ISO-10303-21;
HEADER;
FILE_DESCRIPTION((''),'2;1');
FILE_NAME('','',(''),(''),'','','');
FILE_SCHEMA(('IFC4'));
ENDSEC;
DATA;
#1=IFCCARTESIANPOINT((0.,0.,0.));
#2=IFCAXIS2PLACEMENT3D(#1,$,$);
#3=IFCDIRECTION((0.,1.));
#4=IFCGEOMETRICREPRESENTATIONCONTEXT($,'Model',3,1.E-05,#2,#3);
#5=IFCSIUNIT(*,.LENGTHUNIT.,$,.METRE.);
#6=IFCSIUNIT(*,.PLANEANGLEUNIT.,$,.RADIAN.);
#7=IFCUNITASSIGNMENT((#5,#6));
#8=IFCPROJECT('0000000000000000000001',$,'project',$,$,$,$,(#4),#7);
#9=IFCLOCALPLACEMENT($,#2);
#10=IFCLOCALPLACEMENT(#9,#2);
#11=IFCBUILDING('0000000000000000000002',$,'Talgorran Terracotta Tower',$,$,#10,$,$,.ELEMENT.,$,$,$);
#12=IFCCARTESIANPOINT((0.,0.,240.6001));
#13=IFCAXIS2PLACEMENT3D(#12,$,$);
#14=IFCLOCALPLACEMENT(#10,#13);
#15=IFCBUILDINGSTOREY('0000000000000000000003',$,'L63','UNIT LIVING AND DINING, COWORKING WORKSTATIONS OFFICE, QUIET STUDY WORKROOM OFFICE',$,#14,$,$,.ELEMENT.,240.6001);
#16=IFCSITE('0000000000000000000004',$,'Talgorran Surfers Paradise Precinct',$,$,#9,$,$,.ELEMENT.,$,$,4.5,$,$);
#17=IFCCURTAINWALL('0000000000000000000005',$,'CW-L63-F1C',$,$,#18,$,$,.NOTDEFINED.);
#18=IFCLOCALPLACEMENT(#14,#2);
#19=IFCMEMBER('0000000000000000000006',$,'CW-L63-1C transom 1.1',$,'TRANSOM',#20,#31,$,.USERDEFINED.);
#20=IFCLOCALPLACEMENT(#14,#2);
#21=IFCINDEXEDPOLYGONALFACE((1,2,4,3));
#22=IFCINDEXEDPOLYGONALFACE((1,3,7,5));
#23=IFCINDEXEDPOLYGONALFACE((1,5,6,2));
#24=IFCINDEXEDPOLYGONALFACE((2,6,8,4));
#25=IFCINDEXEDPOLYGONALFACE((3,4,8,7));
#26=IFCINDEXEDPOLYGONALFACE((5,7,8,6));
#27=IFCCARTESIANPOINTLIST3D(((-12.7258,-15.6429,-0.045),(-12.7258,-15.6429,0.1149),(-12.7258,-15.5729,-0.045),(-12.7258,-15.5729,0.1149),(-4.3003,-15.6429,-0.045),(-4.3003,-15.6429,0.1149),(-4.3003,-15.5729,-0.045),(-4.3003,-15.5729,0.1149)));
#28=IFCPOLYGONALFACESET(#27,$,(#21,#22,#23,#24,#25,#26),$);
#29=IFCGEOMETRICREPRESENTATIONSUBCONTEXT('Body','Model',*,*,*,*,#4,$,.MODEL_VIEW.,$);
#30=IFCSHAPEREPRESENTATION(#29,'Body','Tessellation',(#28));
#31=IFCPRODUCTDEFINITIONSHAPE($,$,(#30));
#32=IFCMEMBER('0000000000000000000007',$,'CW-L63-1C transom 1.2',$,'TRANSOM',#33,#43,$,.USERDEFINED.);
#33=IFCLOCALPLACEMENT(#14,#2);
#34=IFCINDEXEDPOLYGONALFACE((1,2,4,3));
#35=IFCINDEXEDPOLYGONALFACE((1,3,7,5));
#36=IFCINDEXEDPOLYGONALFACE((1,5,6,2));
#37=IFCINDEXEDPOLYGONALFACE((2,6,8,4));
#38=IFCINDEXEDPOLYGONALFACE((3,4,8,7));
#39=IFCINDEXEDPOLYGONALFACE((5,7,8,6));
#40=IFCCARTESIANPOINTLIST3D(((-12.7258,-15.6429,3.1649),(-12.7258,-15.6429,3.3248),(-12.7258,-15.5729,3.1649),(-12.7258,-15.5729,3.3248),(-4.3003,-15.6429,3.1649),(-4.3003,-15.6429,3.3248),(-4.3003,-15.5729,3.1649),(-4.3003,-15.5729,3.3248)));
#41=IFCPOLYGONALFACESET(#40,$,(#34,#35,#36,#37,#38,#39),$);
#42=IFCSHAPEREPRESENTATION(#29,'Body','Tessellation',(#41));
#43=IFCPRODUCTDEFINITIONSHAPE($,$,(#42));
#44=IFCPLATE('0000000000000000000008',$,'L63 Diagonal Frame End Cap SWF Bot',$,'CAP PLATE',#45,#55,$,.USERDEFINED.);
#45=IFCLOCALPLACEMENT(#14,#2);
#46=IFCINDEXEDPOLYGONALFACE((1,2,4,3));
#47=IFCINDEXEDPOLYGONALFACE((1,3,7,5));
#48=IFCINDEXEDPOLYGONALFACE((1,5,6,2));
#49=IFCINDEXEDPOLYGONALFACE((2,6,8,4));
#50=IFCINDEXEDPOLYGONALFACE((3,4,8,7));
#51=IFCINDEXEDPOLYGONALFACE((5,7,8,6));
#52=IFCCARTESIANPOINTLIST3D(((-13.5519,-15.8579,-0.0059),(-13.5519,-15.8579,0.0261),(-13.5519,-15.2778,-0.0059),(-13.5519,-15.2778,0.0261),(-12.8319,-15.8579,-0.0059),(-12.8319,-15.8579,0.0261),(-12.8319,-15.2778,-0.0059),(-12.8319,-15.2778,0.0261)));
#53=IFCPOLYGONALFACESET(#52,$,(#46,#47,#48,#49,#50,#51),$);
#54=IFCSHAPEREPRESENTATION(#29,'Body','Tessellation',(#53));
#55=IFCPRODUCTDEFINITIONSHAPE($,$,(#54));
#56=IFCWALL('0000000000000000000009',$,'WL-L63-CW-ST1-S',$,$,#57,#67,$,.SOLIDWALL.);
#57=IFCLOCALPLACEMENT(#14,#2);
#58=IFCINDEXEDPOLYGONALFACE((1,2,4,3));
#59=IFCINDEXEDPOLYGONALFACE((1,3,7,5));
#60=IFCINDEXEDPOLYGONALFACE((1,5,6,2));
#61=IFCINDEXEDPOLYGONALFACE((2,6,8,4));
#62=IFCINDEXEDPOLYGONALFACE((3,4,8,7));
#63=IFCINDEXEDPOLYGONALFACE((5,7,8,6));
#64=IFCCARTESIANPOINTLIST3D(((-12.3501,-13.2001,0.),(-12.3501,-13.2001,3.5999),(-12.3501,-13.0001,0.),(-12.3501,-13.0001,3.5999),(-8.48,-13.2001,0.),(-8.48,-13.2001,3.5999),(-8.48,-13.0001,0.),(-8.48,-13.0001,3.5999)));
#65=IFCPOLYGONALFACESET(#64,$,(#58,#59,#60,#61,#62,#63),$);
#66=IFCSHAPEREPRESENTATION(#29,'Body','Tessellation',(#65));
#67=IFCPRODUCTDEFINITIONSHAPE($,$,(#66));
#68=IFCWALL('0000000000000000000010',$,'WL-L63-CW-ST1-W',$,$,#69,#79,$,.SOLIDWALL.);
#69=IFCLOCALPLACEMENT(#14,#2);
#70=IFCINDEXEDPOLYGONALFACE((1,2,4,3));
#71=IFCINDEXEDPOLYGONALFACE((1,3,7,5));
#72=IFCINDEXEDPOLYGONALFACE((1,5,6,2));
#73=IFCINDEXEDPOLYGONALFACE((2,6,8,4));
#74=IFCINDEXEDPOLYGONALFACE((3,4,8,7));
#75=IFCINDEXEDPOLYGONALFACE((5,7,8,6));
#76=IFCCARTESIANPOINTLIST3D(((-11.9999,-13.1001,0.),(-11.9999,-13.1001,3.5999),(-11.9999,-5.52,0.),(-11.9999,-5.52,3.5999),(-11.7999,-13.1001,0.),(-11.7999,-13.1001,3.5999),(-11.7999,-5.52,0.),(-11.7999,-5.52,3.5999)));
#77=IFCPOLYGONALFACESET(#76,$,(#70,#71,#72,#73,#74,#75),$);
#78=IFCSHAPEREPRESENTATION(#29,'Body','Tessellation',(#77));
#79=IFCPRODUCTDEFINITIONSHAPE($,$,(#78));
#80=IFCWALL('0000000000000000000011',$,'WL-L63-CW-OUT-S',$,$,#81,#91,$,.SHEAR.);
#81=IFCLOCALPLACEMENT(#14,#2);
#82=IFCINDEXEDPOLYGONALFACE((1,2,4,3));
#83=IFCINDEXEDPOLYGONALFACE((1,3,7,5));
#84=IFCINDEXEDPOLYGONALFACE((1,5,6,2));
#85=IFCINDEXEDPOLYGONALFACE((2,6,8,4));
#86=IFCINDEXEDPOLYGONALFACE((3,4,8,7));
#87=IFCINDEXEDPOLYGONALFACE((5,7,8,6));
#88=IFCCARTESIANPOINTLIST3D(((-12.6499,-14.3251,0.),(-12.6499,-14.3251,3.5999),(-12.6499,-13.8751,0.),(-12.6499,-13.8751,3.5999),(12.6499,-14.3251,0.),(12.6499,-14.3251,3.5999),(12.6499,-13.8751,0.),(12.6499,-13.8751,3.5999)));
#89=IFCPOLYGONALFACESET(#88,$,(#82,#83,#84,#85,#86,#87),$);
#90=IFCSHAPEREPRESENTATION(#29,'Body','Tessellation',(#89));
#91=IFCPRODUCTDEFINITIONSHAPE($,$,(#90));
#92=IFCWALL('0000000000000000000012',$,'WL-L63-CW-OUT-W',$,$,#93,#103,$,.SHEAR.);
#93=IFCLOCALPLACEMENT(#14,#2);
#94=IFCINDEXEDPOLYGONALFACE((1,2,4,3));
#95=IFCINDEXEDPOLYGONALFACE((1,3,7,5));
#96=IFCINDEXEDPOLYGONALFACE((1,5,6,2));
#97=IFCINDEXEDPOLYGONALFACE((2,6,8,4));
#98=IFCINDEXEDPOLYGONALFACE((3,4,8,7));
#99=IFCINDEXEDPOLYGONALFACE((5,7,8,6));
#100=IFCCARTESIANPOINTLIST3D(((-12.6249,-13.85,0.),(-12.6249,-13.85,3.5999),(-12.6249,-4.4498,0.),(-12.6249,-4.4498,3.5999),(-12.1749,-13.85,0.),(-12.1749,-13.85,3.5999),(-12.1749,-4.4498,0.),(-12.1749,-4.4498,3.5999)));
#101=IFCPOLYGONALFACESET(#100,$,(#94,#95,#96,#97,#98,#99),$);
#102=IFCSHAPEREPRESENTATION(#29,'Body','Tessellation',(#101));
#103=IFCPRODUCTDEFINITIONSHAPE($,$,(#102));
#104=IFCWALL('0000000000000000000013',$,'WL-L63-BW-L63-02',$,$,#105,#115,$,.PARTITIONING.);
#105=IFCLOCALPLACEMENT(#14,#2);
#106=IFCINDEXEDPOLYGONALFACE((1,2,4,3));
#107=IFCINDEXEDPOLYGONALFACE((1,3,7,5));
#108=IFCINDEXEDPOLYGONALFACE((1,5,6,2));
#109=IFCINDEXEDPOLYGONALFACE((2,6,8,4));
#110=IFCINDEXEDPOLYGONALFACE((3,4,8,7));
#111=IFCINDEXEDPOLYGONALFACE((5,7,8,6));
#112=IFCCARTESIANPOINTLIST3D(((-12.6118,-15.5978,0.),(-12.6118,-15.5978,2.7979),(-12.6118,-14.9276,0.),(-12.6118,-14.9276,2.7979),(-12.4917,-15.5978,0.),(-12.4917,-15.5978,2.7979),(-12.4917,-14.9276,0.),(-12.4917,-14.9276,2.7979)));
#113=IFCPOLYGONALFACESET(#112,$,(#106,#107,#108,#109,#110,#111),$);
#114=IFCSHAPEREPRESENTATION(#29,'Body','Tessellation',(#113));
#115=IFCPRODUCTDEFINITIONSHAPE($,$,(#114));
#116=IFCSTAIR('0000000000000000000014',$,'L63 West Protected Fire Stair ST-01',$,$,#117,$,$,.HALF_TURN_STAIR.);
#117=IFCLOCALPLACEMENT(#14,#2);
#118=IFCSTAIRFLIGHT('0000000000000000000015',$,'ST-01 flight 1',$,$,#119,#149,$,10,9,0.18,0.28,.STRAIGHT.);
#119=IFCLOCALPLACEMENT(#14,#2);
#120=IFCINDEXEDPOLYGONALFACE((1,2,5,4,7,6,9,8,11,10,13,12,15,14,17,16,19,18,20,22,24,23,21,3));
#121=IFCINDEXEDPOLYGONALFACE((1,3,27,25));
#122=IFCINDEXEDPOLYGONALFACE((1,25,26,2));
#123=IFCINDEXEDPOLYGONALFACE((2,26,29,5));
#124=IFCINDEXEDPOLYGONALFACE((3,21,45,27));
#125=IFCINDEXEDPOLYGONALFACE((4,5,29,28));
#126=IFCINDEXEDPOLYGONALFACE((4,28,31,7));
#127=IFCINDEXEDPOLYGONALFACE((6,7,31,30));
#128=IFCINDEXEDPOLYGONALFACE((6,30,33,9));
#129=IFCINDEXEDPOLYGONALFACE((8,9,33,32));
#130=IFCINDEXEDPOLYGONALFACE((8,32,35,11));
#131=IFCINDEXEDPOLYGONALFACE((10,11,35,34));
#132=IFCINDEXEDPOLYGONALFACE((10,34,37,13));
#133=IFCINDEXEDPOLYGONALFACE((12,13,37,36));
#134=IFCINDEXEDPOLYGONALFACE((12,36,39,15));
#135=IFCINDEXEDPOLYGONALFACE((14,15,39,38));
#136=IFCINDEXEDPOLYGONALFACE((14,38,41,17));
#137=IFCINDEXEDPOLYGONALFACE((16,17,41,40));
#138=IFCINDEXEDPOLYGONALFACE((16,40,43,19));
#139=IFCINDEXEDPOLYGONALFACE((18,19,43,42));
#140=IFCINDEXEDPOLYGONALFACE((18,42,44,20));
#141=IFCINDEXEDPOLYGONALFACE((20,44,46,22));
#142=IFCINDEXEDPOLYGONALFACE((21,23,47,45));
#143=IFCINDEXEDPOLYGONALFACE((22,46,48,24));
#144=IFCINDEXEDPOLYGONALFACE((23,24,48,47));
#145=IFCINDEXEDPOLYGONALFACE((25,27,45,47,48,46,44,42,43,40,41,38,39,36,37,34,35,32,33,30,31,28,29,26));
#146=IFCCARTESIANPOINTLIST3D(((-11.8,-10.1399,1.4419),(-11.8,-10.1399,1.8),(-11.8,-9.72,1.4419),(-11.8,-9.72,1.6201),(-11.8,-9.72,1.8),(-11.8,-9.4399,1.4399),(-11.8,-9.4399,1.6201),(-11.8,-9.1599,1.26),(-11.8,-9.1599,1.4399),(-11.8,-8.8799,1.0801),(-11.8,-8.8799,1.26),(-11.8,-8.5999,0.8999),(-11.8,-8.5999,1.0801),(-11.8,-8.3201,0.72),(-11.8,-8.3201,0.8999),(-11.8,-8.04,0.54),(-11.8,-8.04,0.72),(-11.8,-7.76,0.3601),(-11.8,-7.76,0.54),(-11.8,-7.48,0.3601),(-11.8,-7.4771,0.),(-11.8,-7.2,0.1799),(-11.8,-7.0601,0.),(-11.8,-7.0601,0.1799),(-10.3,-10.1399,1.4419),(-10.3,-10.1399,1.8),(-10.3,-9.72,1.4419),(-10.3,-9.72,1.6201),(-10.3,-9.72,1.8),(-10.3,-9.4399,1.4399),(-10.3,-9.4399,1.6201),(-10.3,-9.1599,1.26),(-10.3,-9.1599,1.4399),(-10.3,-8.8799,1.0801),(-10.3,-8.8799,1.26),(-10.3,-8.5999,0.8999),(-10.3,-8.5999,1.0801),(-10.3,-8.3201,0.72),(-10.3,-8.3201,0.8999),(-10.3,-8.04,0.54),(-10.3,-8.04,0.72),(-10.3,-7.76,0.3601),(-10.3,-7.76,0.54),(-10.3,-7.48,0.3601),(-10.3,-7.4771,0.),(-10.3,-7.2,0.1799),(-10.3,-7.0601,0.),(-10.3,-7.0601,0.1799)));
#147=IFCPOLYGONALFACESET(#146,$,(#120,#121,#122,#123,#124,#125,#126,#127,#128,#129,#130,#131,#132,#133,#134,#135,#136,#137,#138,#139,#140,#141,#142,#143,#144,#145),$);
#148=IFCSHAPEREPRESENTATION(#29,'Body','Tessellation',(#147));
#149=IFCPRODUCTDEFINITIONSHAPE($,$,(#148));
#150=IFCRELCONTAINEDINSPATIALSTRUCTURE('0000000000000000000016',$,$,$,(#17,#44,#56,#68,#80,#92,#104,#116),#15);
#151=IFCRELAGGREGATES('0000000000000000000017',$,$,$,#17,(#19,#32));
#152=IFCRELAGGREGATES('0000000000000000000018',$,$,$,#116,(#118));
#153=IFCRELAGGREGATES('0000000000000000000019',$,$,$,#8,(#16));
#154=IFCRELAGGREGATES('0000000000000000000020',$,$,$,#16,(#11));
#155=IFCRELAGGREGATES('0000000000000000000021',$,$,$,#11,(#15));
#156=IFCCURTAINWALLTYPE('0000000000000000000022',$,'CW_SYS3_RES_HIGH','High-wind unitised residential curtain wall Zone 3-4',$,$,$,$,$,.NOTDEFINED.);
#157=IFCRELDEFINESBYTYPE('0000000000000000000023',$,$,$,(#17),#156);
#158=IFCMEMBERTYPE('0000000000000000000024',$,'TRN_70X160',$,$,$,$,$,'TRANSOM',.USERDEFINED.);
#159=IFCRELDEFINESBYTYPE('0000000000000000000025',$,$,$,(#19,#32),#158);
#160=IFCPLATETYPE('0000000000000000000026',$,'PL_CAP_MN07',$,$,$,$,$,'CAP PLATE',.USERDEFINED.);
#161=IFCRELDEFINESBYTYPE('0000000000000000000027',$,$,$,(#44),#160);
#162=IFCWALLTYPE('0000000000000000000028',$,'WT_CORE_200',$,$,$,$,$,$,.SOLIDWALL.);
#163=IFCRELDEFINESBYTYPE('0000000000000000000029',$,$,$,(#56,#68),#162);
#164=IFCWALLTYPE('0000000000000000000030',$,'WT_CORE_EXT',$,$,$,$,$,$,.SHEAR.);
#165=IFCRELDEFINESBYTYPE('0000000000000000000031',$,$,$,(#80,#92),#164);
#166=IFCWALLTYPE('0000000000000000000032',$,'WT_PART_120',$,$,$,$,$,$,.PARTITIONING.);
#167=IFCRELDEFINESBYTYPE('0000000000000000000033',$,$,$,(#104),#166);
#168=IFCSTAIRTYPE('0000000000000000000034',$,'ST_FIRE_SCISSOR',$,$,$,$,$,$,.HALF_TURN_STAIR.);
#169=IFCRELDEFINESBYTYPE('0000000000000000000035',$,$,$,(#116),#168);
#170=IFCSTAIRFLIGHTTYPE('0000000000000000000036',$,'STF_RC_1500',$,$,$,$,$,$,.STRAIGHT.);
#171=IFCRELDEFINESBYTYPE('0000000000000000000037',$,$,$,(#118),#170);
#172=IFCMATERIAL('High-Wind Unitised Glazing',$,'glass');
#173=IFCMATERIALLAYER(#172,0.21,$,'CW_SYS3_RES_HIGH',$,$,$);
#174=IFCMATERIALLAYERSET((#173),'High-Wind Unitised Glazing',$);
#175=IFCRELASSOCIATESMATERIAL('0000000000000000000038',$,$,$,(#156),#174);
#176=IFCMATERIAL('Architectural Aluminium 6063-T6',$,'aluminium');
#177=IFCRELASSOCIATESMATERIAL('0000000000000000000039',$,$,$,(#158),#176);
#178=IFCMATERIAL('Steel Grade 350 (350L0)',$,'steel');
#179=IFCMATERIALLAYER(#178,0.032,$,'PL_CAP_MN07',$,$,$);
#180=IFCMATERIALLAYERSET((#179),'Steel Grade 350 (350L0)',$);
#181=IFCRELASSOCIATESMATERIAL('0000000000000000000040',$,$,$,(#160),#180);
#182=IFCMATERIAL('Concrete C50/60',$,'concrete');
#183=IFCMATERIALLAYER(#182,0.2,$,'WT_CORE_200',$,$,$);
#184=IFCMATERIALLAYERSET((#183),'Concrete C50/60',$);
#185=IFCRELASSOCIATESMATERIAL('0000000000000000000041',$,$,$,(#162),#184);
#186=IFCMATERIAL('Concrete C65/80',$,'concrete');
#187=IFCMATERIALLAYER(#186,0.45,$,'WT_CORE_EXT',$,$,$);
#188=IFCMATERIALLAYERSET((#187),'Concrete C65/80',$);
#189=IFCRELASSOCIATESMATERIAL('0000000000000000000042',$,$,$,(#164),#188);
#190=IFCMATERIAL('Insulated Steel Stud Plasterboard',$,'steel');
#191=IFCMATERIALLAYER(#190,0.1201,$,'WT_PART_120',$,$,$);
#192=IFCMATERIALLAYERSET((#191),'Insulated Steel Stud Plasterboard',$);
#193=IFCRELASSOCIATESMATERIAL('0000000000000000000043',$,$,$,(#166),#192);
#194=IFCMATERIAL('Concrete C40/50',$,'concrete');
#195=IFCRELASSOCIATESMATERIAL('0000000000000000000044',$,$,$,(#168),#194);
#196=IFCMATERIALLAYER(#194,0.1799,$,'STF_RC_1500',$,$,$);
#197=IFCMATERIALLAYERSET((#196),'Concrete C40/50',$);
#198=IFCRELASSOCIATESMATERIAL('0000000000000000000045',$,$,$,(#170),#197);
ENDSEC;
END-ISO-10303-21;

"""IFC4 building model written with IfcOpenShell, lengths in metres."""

from ifc_helpers import new_model, si_unit, direction, frame, frame_2d, origin, origin_2d, place, context, subcontext, project, spatial, polyline, rectangle, outline, extrude, material, layer, layer_set, material_profile, profile_set, type_object, element, aggregate, save


model = new_model("IFC4")

# Units and contexts
model_context = context("Model", 3, precision=1e-05, world=origin(), true_north=direction((0.0, 1.0)))
body_context = subcontext(model_context, "Body", "Model", "MODEL_VIEW")
ifc_project = project(units=[si_unit("LENGTHUNIT", "METRE"), si_unit("PLANEANGLEUNIT", "RADIAN")], contexts=[model_context])

# Site, building, storey
site_placement = place(None, origin())
site = spatial("IfcSite", under=ifc_project, at=site_placement, Name="Talgorran Surfers Paradise Precinct", CompositionType="ELEMENT", RefElevation=4.5)
building_placement = place(site_placement, origin())
building = spatial("IfcBuilding", under=site, at=building_placement, Name="Talgorran Terracotta Tower", CompositionType="ELEMENT")
storey_placement = place(building_placement, frame((0.0, 0.0, 240.6001)))
storey = spatial("IfcBuildingStorey", under=building, at=storey_placement, Name="L63", Description="UNIT LIVING AND DINING, COWORKING WORKSTATIONS OFFICE, QUIET STUDY WORKROOM OFFICE", CompositionType="ELEMENT", Elevation=240.6001)

# Shared definitions
ifc_material_1 = material(Name="Steel Grade 350 (350L0)", Category="steel")

# Shared definitions
ifc_material_2 = material(Name="High-Wind Unitised Glazing", Category="glass")
ifc_layer_1 = layer(ifc_material_2, 0.21, Name="CW_SYS3_RES_HIGH")
ifc_layer_set_1 = layer_set([ifc_layer_1], Name="High-Wind Unitised Glazing")
curtain_wall_type = type_object("IfcCurtainWallType", Name="CW_SYS3_RES_HIGH", Description="High-wind unitised residential curtain wall Zone 3-4", PredefinedType="NOTDEFINED", material=ifc_layer_set_1)
ifc_material_3 = material(Name="Architectural Aluminium 6063-T6", Category="aluminium")

# Curtain wall, members
curtain_wall_1_placement = place(storey_placement, origin())
curtain_wall_1 = element("IfcCurtainWall", 1, at=curtain_wall_1_placement, inside=storey, type_object=curtain_wall_type, Name="CW-L63-F1C", PredefinedType="NOTDEFINED")
ifc_material_profile_1 = material_profile(ifc_material_3, rectangle(XDim=0.0701, YDim=0.1599, at=origin_2d()), Name="CWT70X160")
ifc_profile_set_1 = profile_set([ifc_material_profile_1], Name="Architectural Aluminium 6063-T6")
member_type_1 = type_object("IfcMemberType", Name="TRN_70X160", ElementType="TRANSOM", PredefinedType="USERDEFINED", material=ifc_profile_set_1)
member_1_placement = place(storey_placement, frame((-12.7258, -15.6079, 0.0349), z_axis=(1.0, 0.0, 0.0), x_axis=(0.0, 1.0, 0.0)))
member_1 = element("IfcMember", 2, at=member_1_placement, type_object=member_type_1, Name="CW-L63-1C transom 1.1", ObjectType="TRANSOM", PredefinedType="USERDEFINED", context=body_context, shape_type="SweptSolid", body=[
    extrude(rectangle(XDim=0.0701, YDim=0.1599, at=origin_2d()), origin(), (0.0, 0.0, 1.0), 8.4255),
])
member_2_placement = place(storey_placement, frame((-12.7258, -15.6079, 3.2449), z_axis=(1.0, 0.0, 0.0), x_axis=(0.0, 1.0, 0.0)))
member_2 = element("IfcMember", 3, at=member_2_placement, type_object=member_type_1, Name="CW-L63-1C transom 1.2", ObjectType="TRANSOM", PredefinedType="USERDEFINED", context=body_context, shape_type="SweptSolid", body=[
    extrude(rectangle(XDim=0.0701, YDim=0.1599, at=origin_2d()), origin(), (0.0, 0.0, 1.0), 8.4255),
])
aggregate(curtain_wall_1, [member_1, member_2])

# Plate
ifc_layer_2 = layer(ifc_material_1, 0.032, Name="PL_CAP_MN07")
ifc_layer_set_2 = layer_set([ifc_layer_2], Name="Steel Grade 350 (350L0)")
plate_type = type_object("IfcPlateType", Name="PL_CAP_MN07", ElementType="CAP PLATE", PredefinedType="USERDEFINED", material=ifc_layer_set_2)
plate_placement = place(storey_placement, frame((-13.1919, -15.5679, -0.0059), z_axis=(0.0, 0.0, 1.0), x_axis=(-1.0, 0.0, 0.0)))
element("IfcPlate", 4, at=plate_placement, inside=storey, type_object=plate_type, Name="L63 Diagonal Frame End Cap SWF Bot", ObjectType="CAP PLATE", PredefinedType="USERDEFINED", context=body_context, shape_type="SweptSolid", body=[
    extrude(rectangle(XDim=0.72, YDim=0.5801, at=origin_2d()), origin(), (0.0, 0.0, 1.0), 0.032),
])

# Walls
ifc_material_4 = material(Name="Concrete C50/60", Category="concrete")
ifc_layer_3 = layer(ifc_material_4, 0.2, Name="WT_CORE_200")
ifc_layer_set_3 = layer_set([ifc_layer_3], Name="Concrete C50/60")
wall_type_1 = type_object("IfcWallType", Name="WT_CORE_200", PredefinedType="SOLIDWALL", material=ifc_layer_set_3)
wall_1_placement = place(storey_placement, frame((-12.3501, -13.1001, 0.0), z_axis=(0.0, 0.0, 1.0), x_axis=(1.0, 0.0, 0.0)))
element("IfcWall", 5, at=wall_1_placement, inside=storey, type_object=wall_type_1, Name="WL-L63-CW-ST1-S", PredefinedType="SOLIDWALL", context=body_context, shape_type="SweptSolid", body=[
    extrude(rectangle(XDim=3.8701, YDim=0.2, at=frame_2d((1.9351, 0.0))), origin(), (0.0, 0.0, 1.0), 3.5999),
])
wall_2_placement = place(storey_placement, frame((-11.8999, -13.1001, 0.0), z_axis=(0.0, 0.0, 1.0), x_axis=(0.0, 1.0, 0.0)))
element("IfcWall", 6, at=wall_2_placement, inside=storey, type_object=wall_type_1, Name="WL-L63-CW-ST1-W", PredefinedType="SOLIDWALL", context=body_context, shape_type="SweptSolid", body=[
    extrude(rectangle(XDim=7.5801, YDim=0.2, at=frame_2d((3.79, 0.0))), origin(), (0.0, 0.0, 1.0), 3.5999),
])
ifc_material_5 = material(Name="Concrete C65/80", Category="concrete")
ifc_layer_4 = layer(ifc_material_5, 0.45, Name="WT_CORE_EXT")
ifc_layer_set_4 = layer_set([ifc_layer_4], Name="Concrete C65/80")
wall_type_2 = type_object("IfcWallType", Name="WT_CORE_EXT", PredefinedType="SHEAR", material=ifc_layer_set_4)
wall_3_placement = place(storey_placement, frame((-12.6499, -14.1001, 0.0), z_axis=(0.0, 0.0, 1.0), x_axis=(1.0, 0.0, 0.0)))
element("IfcWall", 7, at=wall_3_placement, inside=storey, type_object=wall_type_2, Name="WL-L63-CW-OUT-S", PredefinedType="SHEAR", context=body_context, shape_type="SweptSolid", body=[
    extrude(rectangle(XDim=25.2998, YDim=0.45, at=frame_2d((12.6499, 0.0))), origin(), (0.0, 0.0, 1.0), 3.5999),
])
wall_4_placement = place(storey_placement, frame((-12.3999, -13.8501, 0.0), z_axis=(0.0, 0.0, 1.0), x_axis=(0.0, 1.0, 0.0)))
element("IfcWall", 8, at=wall_4_placement, inside=storey, type_object=wall_type_2, Name="WL-L63-CW-OUT-W", PredefinedType="SHEAR", context=body_context, shape_type="SweptSolid", body=[
    extrude(rectangle(XDim=9.4001, YDim=0.45, at=frame_2d((4.7002, 0.0))), origin(), (0.0, 0.0, 1.0), 3.5999),
])
ifc_material_6 = material(Name="Insulated Steel Stud Plasterboard", Category="steel")
ifc_layer_5 = layer(ifc_material_6, 0.1201, Name="WT_PART_120")
ifc_layer_set_5 = layer_set([ifc_layer_5], Name="Insulated Steel Stud Plasterboard")
wall_type_3 = type_object("IfcWallType", Name="WT_PART_120", PredefinedType="PARTITIONING", material=ifc_layer_set_5)
wall_5_placement = place(storey_placement, frame((-12.5518, -14.9277, 0.0), z_axis=(0.0, 0.0, 1.0), x_axis=(0.0, -1.0, 0.0)))
element("IfcWall", 9, at=wall_5_placement, inside=storey, type_object=wall_type_3, Name="WL-L63-BW-L63-02", PredefinedType="PARTITIONING", context=body_context, shape_type="SweptSolid", body=[
    extrude(rectangle(XDim=0.6702, YDim=0.1201, at=frame_2d((0.335, 0.0))), origin(), (0.0, 0.0, 1.0), 2.7979),
])

# Stair, stair flight
ifc_material_7 = material(Name="Concrete C40/50", Category="concrete")
stair_type = type_object("IfcStairType", Name="ST_FIRE_SCISSOR", PredefinedType="HALF_TURN_STAIR", material=ifc_material_7)
stair_placement = place(storey_placement, origin())
stair = element("IfcStair", 10, at=stair_placement, inside=storey, type_object=stair_type, Name="L63 West Protected Fire Stair ST-01", PredefinedType="HALF_TURN_STAIR")
ifc_layer_6 = layer(ifc_material_7, 0.1799, Name="STF_RC_1500")
ifc_layer_set_6 = layer_set([ifc_layer_6], Name="Concrete C40/50")
stair_flight_type = type_object("IfcStairFlightType", Name="STF_RC_1500", PredefinedType="STRAIGHT", material=ifc_layer_set_6)
stair_flight_placement = place(storey_placement, frame((-11.05, -7.2, 0.0), z_axis=(0.0, 0.0, 1.0), x_axis=(0.0, -1.0, 0.0)))
stair_flight = element("IfcStairFlight", 11, at=stair_flight_placement, type_object=stair_flight_type, Name="ST-01 flight 1", NumberOfRisers=10, NumberOfTreads=9, PredefinedType="STRAIGHT", RiserHeight=0.18, TreadLength=0.28, context=body_context, shape_type="SweptSolid", body=[
    extrude(outline(polyline([(-0.1399, 0.0), (-0.1399, 0.1799), (0.0, 0.1799), (0.28, 0.3601), (0.5601, 0.3601), (0.5601, 0.54), (0.8401, 0.54), (0.8401, 0.72), (1.1201, 0.72), (1.1201, 0.8999), (1.3999, 0.8999), (1.3999, 1.0801), (1.6799, 1.0801), (1.6799, 1.26), (1.96, 1.26), (1.96, 1.4399), (2.24, 1.4399), (2.24, 1.6201), (2.52, 1.6201), (2.52, 1.8), (2.9399, 1.8), (2.9399, 1.4419), (2.52, 1.4419), (0.2771, 0.0), (-0.1399, 0.0)])), frame((0.0, 0.75, 0.0), z_axis=(0.0, -1.0, 0.0), x_axis=(1.0, 0.0, 0.0)), (0.0, 0.0, 1.0), 1.5),
])
aggregate(stair, [stair_flight])

save(model, "model.ifc")
